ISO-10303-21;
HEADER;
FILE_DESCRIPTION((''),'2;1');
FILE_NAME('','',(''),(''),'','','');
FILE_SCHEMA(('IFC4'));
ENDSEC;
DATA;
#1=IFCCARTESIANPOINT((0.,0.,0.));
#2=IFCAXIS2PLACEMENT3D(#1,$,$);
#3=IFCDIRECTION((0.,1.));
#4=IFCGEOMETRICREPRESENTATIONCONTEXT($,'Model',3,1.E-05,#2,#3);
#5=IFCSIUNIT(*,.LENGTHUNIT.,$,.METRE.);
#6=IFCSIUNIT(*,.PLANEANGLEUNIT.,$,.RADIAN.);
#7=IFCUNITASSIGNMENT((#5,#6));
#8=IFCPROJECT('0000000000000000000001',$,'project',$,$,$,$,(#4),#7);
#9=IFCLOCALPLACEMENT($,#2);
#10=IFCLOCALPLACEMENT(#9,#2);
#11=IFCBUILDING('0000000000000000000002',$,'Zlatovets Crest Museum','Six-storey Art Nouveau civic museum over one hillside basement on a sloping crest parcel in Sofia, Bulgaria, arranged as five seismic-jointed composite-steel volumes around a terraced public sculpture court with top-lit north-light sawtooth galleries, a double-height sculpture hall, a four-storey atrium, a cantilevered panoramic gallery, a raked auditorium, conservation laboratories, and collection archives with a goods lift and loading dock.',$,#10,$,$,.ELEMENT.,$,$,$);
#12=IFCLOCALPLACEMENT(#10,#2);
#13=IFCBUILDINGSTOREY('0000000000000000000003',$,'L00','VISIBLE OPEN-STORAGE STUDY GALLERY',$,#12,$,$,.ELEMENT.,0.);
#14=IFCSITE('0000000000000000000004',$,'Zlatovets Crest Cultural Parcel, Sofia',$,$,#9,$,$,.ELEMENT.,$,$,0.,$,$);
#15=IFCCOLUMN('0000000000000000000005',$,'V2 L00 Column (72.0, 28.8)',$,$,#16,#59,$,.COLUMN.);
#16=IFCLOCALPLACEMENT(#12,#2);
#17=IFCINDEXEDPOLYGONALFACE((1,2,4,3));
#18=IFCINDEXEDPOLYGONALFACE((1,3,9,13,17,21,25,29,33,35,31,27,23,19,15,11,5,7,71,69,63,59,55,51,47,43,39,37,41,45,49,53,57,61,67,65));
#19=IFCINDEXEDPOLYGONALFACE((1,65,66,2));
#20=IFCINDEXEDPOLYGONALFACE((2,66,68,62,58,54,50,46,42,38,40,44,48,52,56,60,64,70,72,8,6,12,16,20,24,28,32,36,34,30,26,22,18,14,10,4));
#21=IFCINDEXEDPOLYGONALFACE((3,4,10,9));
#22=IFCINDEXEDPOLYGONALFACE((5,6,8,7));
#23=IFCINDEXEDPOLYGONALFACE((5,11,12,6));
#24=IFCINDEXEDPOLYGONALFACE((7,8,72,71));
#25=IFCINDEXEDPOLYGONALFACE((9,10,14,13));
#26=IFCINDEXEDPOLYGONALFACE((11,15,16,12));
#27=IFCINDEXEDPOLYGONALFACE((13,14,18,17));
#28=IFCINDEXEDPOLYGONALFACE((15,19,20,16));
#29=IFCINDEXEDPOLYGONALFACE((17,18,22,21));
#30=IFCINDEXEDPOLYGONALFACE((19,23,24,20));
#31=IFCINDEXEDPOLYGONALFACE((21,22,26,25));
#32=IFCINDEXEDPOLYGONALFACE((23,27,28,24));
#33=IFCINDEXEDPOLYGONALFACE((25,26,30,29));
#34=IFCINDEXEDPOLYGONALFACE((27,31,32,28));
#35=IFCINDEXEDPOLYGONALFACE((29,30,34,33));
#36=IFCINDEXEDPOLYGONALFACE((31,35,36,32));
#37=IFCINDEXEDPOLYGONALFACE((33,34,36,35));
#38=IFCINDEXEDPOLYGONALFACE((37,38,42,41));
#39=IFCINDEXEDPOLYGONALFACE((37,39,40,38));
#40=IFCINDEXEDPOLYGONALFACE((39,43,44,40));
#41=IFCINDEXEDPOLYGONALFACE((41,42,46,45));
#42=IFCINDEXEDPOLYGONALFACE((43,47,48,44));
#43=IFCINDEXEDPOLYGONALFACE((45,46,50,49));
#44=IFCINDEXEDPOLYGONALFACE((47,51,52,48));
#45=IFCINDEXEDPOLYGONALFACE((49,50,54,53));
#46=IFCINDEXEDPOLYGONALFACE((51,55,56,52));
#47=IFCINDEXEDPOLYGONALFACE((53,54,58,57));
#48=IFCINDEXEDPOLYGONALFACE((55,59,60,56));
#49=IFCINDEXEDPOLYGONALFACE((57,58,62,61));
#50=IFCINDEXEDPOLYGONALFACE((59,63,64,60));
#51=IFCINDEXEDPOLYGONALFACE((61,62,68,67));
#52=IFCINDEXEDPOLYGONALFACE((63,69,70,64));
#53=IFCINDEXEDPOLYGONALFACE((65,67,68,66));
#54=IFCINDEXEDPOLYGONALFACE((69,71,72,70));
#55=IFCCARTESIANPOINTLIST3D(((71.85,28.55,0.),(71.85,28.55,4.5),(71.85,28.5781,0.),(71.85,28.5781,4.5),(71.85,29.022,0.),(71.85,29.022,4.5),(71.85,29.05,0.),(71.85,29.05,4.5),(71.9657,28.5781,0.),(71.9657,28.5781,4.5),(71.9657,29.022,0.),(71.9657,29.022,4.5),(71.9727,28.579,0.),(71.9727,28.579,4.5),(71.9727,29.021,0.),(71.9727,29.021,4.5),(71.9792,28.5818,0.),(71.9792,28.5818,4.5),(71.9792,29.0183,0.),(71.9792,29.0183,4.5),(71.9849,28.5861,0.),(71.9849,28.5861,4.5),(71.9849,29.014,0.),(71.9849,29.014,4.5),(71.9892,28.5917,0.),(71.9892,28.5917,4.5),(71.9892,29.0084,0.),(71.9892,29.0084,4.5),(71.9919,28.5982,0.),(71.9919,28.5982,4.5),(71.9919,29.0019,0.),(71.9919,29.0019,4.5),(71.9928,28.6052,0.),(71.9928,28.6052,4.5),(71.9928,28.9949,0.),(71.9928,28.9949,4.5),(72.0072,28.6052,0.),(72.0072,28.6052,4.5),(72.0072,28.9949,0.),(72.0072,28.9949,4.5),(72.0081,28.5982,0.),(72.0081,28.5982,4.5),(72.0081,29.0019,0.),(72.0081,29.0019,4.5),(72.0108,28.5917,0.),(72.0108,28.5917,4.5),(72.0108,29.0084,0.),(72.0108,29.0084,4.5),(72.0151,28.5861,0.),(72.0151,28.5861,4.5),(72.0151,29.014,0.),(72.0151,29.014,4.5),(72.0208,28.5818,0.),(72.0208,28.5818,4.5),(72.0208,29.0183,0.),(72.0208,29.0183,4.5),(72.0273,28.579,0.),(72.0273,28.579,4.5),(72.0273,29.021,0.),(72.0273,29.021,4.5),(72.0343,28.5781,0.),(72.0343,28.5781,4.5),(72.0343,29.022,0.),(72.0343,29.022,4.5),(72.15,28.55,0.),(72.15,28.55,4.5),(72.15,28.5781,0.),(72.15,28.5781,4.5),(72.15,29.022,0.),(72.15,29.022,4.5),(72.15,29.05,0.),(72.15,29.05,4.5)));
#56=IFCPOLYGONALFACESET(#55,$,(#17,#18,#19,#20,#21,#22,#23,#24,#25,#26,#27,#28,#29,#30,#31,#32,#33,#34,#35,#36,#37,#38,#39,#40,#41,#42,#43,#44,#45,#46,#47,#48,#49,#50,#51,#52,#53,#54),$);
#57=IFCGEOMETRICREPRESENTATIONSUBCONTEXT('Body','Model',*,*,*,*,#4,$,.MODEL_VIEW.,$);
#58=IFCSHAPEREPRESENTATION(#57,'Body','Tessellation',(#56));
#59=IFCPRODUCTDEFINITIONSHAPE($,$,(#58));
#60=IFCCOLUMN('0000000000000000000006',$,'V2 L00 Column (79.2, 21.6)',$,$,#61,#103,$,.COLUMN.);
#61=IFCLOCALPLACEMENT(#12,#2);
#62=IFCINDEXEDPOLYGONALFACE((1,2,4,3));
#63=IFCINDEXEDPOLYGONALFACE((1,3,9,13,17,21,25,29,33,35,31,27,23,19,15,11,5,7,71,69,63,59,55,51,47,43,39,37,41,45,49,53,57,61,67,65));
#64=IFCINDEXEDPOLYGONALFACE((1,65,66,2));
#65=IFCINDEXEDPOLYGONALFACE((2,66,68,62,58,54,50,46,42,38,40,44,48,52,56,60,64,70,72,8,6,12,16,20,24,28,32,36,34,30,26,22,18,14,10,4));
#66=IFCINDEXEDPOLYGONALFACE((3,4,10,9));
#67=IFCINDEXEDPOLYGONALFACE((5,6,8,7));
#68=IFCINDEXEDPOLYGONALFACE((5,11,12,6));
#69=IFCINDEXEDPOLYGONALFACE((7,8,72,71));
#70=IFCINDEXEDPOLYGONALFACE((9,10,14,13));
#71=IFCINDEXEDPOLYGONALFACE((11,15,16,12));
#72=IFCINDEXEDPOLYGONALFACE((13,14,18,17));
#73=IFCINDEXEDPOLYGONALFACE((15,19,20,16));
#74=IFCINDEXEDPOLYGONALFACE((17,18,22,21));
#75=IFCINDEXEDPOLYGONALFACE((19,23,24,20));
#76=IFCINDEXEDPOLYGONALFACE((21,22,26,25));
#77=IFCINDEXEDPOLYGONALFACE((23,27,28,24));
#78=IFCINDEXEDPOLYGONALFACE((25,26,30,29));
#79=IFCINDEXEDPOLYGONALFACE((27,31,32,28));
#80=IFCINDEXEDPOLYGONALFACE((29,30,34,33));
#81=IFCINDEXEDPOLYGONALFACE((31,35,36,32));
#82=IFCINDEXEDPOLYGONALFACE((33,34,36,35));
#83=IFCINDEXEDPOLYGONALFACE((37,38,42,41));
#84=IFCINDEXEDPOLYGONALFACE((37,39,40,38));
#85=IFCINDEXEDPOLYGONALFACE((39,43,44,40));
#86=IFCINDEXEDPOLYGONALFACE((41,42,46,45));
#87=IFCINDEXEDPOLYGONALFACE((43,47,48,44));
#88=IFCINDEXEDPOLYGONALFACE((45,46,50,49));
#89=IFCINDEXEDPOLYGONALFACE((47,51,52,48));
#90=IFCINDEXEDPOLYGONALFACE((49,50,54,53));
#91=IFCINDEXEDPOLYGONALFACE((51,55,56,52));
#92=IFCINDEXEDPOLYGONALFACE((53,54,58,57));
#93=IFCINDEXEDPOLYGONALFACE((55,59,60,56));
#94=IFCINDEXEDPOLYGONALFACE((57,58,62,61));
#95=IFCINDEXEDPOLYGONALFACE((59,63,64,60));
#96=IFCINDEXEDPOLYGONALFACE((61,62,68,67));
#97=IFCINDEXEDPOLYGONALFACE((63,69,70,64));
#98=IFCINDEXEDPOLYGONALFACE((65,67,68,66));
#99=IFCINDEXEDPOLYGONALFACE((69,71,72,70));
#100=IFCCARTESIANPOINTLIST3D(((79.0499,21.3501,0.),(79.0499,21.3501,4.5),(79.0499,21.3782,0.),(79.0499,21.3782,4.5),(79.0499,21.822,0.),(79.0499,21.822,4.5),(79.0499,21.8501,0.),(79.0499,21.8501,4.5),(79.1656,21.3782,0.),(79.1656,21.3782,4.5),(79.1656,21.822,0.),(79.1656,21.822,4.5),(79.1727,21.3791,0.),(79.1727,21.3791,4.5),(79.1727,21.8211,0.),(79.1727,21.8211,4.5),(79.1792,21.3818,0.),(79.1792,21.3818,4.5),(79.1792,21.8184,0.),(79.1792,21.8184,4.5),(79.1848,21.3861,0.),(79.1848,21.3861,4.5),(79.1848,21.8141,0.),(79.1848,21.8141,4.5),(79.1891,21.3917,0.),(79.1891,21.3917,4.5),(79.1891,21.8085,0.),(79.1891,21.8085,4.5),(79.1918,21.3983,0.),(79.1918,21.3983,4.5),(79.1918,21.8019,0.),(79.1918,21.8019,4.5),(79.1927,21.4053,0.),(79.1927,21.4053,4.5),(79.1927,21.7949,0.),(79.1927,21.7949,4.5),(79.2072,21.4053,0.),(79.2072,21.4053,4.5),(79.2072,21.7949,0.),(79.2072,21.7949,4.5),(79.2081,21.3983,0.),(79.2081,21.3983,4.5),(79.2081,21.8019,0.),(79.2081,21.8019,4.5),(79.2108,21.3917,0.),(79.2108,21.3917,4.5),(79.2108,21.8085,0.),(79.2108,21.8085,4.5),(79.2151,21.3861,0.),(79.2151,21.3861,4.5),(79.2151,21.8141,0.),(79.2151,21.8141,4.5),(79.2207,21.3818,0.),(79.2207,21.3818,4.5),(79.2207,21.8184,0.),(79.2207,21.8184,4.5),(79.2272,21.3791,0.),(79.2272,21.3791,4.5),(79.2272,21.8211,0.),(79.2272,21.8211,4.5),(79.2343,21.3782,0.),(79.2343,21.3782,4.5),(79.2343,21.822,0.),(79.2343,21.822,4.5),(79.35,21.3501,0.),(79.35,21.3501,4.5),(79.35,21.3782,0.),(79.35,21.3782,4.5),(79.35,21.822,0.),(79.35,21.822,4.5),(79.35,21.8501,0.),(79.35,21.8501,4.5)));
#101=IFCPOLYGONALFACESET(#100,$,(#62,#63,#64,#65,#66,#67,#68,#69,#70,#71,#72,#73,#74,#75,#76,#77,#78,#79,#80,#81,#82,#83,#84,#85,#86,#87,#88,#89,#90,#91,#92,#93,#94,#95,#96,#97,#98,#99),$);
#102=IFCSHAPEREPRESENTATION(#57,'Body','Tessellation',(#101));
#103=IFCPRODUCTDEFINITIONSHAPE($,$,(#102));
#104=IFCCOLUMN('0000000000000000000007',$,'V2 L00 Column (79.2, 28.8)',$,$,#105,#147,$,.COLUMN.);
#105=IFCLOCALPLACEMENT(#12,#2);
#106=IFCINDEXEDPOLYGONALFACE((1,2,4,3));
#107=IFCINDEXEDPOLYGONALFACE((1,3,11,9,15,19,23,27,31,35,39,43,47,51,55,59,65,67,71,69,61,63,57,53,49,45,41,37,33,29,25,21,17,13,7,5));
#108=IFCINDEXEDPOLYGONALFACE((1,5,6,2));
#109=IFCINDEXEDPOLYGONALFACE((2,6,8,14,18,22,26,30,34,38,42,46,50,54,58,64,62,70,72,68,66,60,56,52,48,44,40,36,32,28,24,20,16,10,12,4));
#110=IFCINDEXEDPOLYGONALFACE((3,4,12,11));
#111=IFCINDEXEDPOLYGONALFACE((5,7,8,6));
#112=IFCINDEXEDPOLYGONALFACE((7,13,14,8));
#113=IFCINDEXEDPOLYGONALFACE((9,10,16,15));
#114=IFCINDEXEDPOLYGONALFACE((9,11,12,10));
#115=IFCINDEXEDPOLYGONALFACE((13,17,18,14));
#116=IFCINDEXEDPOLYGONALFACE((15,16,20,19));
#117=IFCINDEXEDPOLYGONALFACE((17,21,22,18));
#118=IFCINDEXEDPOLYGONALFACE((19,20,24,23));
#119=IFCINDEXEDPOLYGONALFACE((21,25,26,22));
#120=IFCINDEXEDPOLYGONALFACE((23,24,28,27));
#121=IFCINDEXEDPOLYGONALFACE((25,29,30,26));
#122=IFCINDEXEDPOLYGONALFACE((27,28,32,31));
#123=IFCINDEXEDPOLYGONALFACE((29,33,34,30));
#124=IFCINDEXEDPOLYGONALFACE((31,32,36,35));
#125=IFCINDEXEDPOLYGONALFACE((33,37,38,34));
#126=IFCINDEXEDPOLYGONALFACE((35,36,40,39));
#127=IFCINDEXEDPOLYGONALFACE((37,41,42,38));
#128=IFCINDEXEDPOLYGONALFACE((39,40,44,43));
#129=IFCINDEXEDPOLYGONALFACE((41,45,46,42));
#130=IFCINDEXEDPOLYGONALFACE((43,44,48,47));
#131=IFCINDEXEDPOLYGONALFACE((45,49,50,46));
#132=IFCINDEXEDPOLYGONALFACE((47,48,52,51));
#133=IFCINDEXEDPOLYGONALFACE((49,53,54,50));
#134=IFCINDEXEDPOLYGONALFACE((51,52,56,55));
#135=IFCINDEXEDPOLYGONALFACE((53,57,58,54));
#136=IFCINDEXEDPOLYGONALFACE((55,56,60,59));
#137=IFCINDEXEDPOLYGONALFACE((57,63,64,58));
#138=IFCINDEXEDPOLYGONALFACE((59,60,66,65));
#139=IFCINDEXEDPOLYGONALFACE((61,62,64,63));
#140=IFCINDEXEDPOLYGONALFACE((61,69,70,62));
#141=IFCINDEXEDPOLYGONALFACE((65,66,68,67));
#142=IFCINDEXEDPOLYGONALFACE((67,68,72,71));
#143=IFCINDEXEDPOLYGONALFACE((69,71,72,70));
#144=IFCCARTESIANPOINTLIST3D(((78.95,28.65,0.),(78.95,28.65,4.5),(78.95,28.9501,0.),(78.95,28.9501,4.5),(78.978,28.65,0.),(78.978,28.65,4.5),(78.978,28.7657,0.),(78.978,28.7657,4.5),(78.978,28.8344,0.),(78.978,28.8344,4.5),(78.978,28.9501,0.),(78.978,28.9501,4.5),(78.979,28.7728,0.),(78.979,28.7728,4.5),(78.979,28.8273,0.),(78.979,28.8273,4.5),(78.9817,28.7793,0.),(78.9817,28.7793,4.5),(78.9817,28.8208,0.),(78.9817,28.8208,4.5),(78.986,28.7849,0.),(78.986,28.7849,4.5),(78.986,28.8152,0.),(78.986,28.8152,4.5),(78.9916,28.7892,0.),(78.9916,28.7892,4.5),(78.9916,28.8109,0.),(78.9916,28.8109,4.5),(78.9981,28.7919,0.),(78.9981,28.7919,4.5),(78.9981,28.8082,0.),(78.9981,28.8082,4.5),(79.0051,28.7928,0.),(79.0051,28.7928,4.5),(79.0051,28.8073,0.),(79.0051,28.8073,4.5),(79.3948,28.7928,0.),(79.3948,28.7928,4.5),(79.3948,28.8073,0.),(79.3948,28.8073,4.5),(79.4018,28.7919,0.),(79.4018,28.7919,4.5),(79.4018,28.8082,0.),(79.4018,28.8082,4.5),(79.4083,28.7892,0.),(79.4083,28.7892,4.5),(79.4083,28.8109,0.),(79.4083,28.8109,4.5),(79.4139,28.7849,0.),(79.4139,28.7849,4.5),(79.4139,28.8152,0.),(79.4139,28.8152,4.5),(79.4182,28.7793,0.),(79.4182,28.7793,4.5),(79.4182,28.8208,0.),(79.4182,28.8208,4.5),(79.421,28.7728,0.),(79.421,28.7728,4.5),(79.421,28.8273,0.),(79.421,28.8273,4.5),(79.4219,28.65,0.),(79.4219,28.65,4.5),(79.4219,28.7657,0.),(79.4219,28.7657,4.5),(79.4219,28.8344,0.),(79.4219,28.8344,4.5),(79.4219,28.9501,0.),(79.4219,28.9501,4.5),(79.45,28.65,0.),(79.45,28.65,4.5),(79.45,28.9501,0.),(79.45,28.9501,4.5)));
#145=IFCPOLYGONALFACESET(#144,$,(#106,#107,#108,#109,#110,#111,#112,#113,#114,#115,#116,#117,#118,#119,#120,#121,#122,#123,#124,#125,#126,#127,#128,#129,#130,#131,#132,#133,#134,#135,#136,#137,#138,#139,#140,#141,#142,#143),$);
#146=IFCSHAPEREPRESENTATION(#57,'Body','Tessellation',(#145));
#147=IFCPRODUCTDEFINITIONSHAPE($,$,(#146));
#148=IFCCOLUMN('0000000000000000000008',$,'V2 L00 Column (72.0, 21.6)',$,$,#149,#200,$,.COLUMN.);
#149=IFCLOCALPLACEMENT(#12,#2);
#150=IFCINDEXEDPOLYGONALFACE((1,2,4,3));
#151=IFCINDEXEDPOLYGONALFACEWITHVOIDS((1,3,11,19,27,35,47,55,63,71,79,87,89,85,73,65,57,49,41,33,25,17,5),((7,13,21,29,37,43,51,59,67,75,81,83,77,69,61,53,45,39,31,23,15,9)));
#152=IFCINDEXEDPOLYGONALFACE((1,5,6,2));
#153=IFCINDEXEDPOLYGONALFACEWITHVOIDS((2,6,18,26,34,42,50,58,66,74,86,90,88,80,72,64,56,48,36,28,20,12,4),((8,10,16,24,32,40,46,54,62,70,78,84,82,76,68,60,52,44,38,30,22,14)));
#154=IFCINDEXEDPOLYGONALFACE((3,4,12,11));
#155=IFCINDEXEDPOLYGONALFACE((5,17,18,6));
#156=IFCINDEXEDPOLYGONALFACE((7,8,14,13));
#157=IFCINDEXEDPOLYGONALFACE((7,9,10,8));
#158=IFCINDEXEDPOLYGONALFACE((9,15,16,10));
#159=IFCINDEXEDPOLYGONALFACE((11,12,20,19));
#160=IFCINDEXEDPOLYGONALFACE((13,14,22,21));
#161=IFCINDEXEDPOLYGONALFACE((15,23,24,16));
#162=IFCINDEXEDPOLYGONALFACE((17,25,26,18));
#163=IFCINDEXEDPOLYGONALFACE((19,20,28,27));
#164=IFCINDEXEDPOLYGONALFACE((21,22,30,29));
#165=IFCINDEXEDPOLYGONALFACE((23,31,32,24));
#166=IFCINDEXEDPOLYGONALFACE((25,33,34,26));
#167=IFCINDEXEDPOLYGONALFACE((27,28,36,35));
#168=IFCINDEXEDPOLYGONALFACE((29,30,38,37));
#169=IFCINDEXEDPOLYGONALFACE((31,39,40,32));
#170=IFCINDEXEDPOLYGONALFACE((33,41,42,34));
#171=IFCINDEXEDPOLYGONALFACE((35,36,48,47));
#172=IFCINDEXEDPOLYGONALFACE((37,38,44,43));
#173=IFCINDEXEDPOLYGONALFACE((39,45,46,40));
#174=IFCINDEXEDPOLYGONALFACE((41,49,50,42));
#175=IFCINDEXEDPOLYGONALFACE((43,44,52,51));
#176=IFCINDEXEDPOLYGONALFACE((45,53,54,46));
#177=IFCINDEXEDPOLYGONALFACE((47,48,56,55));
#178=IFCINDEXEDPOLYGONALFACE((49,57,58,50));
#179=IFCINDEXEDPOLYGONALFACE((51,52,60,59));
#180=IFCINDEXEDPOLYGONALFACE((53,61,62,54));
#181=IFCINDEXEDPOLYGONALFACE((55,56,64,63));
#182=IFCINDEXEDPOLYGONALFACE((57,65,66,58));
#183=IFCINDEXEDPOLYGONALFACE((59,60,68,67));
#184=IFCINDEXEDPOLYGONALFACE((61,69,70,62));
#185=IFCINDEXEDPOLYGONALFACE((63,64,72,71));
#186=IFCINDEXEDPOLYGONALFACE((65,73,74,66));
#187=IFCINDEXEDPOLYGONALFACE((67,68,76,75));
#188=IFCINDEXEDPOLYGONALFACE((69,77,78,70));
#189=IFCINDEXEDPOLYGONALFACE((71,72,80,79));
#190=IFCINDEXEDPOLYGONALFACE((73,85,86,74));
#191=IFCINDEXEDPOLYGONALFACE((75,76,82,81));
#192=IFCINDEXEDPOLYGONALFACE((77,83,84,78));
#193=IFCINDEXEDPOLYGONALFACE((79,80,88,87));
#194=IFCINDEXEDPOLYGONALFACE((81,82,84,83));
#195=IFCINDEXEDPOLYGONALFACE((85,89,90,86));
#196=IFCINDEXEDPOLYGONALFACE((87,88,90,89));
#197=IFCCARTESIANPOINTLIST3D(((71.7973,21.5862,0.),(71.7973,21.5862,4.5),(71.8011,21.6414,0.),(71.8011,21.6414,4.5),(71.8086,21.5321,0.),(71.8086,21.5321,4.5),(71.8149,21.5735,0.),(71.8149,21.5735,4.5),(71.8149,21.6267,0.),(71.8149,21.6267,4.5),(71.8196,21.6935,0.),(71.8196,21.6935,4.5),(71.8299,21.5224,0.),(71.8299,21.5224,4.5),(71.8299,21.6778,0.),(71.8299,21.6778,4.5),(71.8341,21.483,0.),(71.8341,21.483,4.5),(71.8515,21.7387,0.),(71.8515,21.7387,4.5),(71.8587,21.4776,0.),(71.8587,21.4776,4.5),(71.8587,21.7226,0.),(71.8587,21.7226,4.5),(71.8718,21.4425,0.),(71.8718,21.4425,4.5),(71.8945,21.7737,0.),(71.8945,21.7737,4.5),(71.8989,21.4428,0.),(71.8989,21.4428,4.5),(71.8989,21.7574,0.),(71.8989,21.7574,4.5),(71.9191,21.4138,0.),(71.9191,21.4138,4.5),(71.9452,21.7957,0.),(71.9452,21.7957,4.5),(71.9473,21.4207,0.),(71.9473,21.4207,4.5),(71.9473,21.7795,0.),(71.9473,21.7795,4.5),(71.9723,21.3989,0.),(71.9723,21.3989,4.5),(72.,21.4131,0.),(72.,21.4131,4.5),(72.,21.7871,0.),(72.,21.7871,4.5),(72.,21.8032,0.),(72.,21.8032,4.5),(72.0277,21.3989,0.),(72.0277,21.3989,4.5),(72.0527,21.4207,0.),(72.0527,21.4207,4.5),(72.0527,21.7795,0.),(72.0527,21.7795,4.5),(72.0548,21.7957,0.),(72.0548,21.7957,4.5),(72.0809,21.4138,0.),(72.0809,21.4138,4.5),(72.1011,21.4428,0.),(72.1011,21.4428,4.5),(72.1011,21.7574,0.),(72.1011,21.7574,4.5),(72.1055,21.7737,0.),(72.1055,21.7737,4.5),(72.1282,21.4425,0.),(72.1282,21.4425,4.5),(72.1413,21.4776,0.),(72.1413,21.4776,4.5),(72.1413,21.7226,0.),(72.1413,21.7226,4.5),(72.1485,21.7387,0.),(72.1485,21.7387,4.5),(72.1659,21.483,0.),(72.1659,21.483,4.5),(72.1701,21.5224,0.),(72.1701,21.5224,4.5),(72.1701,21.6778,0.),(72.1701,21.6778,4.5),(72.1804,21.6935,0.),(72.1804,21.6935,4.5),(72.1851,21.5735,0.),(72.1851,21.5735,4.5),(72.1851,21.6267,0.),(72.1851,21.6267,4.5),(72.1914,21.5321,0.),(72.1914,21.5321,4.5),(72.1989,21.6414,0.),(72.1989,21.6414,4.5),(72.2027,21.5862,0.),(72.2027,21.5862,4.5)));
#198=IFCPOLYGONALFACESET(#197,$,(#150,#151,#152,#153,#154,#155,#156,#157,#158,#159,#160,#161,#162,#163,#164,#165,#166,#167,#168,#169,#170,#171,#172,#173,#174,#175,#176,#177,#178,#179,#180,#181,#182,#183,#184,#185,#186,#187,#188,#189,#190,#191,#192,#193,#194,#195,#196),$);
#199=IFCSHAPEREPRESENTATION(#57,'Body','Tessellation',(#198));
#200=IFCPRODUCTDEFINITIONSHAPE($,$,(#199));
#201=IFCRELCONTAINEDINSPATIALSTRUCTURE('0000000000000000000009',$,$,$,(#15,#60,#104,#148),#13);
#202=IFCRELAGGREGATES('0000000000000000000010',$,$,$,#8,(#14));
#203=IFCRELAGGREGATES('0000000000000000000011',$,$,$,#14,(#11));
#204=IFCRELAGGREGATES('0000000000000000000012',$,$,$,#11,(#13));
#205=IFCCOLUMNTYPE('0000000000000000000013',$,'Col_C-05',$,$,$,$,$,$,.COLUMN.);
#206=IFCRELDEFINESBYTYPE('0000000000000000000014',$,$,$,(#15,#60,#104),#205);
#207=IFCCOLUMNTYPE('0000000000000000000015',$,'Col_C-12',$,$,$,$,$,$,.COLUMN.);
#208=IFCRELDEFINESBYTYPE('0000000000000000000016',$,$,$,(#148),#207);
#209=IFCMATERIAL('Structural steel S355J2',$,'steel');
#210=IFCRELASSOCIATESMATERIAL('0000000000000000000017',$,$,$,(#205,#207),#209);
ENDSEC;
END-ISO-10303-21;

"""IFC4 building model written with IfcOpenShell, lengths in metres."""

from ifc_helpers import new_model, si_unit, direction, frame, origin, origin_2d, place, context, subcontext, project, spatial, hollow_circle, i_section, extrude, material, material_profile, profile_set, type_object, element, save


model = new_model("IFC4")

# Units and contexts
model_context = context("Model", 3, precision=1e-05, world=origin(), true_north=direction((0.0, 1.0)))
body_context = subcontext(model_context, "Body", "Model", "MODEL_VIEW")
ifc_project = project(units=[si_unit("LENGTHUNIT", "METRE"), si_unit("PLANEANGLEUNIT", "RADIAN")], contexts=[model_context])

# Site, building, storey
site_placement = place(None, origin())
site = spatial("IfcSite", under=ifc_project, at=site_placement, Name="Zlatovets Crest Cultural Parcel, Sofia", CompositionType="ELEMENT", RefElevation=0.0)
building_placement = place(site_placement, origin())
building = spatial("IfcBuilding", under=site, at=building_placement, Name="Zlatovets Crest Museum", Description="Six-storey Art Nouveau civic museum over one hillside basement on a sloping crest parcel in Sofia, Bulgaria, arranged as five seismic-jointed composite-steel volumes around a terraced public sculpture court with top-lit north-light sawtooth galleries, a double-height sculpture hall, a four-storey atrium, a cantilevered panoramic gallery, a raked auditorium, conservation laboratories, and collection archives with a goods lift and loading dock.", CompositionType="ELEMENT")
storey_placement = place(building_placement, origin())
storey = spatial("IfcBuildingStorey", under=building, at=storey_placement, Name="L00", Description="VISIBLE OPEN-STORAGE STUDY GALLERY", CompositionType="ELEMENT", Elevation=0.0)

# Columns
ifc_material_1 = material(Name="Structural steel S355J2", Category="steel")
ifc_material_profile_1 = material_profile(ifc_material_1, i_section(OverallWidth=0.3, OverallDepth=0.5, WebThickness=0.0144, FlangeThickness=0.0281, FilletRadius=0.0271, at=origin_2d()), Name="HEB 500")
ifc_profile_set_1 = profile_set([ifc_material_profile_1], Name="Structural steel S355J2")
column_type_1 = type_object("IfcColumnType", Name="Col_C-05", PredefinedType="COLUMN", material=ifc_profile_set_1)
for number, where, z_axis, x_axis, name in (
    (1, (72.0, 28.8, 0.0), (0.0, 0.0, 1.0), (1.0, 0.0, 0.0), "V2 L00 Column (72.0, 28.8)"),
    (2, (79.2, 21.6001, 0.0), (0.0, 0.0, 1.0), (1.0, 0.0, 0.0), "V2 L00 Column (79.2, 21.6)"),
    (3, (79.2, 28.8, 0.0), (0.0, 0.0, 1.0), (0.0, 1.0, 0.0), "V2 L00 Column (79.2, 28.8)"),
):
    element("IfcColumn", number, at=place(storey_placement, frame(where, z_axis=z_axis, x_axis=x_axis)), inside=storey, type_object=column_type_1, Name=name, PredefinedType="COLUMN", context=body_context, shape_type="SweptSolid", body=[
        extrude(i_section(OverallWidth=0.3, OverallDepth=0.5, WebThickness=0.0144, FlangeThickness=0.0281, FilletRadius=0.0271, at=origin_2d()), origin(), (0.0, 0.0, 1.0), 4.5),
    ])
ifc_material_profile_2 = material_profile(ifc_material_1, hollow_circle(Radius=0.2031, WallThickness=0.0161, at=origin_2d()), Name="CHS 406.4x16.0")
ifc_profile_set_2 = profile_set([ifc_material_profile_2], Name="Structural steel S355J2")
column_type_2 = type_object("IfcColumnType", Name="Col_C-12", PredefinedType="COLUMN", material=ifc_profile_set_2)
column_placement = place(storey_placement, frame((72.0, 21.6001, 0.0), z_axis=(0.0, 0.0, 1.0), x_axis=(0.0, 1.0, 0.0)))
element("IfcColumn", 4, at=column_placement, inside=storey, type_object=column_type_2, Name="V2 L00 Column (72.0, 21.6)", PredefinedType="COLUMN", context=body_context, shape_type="SweptSolid", body=[
    extrude(hollow_circle(Radius=0.2031, WallThickness=0.0161, at=origin_2d()), origin(), (0.0, 0.0, 1.0), 4.5),
])

save(model, "model.ifc")
